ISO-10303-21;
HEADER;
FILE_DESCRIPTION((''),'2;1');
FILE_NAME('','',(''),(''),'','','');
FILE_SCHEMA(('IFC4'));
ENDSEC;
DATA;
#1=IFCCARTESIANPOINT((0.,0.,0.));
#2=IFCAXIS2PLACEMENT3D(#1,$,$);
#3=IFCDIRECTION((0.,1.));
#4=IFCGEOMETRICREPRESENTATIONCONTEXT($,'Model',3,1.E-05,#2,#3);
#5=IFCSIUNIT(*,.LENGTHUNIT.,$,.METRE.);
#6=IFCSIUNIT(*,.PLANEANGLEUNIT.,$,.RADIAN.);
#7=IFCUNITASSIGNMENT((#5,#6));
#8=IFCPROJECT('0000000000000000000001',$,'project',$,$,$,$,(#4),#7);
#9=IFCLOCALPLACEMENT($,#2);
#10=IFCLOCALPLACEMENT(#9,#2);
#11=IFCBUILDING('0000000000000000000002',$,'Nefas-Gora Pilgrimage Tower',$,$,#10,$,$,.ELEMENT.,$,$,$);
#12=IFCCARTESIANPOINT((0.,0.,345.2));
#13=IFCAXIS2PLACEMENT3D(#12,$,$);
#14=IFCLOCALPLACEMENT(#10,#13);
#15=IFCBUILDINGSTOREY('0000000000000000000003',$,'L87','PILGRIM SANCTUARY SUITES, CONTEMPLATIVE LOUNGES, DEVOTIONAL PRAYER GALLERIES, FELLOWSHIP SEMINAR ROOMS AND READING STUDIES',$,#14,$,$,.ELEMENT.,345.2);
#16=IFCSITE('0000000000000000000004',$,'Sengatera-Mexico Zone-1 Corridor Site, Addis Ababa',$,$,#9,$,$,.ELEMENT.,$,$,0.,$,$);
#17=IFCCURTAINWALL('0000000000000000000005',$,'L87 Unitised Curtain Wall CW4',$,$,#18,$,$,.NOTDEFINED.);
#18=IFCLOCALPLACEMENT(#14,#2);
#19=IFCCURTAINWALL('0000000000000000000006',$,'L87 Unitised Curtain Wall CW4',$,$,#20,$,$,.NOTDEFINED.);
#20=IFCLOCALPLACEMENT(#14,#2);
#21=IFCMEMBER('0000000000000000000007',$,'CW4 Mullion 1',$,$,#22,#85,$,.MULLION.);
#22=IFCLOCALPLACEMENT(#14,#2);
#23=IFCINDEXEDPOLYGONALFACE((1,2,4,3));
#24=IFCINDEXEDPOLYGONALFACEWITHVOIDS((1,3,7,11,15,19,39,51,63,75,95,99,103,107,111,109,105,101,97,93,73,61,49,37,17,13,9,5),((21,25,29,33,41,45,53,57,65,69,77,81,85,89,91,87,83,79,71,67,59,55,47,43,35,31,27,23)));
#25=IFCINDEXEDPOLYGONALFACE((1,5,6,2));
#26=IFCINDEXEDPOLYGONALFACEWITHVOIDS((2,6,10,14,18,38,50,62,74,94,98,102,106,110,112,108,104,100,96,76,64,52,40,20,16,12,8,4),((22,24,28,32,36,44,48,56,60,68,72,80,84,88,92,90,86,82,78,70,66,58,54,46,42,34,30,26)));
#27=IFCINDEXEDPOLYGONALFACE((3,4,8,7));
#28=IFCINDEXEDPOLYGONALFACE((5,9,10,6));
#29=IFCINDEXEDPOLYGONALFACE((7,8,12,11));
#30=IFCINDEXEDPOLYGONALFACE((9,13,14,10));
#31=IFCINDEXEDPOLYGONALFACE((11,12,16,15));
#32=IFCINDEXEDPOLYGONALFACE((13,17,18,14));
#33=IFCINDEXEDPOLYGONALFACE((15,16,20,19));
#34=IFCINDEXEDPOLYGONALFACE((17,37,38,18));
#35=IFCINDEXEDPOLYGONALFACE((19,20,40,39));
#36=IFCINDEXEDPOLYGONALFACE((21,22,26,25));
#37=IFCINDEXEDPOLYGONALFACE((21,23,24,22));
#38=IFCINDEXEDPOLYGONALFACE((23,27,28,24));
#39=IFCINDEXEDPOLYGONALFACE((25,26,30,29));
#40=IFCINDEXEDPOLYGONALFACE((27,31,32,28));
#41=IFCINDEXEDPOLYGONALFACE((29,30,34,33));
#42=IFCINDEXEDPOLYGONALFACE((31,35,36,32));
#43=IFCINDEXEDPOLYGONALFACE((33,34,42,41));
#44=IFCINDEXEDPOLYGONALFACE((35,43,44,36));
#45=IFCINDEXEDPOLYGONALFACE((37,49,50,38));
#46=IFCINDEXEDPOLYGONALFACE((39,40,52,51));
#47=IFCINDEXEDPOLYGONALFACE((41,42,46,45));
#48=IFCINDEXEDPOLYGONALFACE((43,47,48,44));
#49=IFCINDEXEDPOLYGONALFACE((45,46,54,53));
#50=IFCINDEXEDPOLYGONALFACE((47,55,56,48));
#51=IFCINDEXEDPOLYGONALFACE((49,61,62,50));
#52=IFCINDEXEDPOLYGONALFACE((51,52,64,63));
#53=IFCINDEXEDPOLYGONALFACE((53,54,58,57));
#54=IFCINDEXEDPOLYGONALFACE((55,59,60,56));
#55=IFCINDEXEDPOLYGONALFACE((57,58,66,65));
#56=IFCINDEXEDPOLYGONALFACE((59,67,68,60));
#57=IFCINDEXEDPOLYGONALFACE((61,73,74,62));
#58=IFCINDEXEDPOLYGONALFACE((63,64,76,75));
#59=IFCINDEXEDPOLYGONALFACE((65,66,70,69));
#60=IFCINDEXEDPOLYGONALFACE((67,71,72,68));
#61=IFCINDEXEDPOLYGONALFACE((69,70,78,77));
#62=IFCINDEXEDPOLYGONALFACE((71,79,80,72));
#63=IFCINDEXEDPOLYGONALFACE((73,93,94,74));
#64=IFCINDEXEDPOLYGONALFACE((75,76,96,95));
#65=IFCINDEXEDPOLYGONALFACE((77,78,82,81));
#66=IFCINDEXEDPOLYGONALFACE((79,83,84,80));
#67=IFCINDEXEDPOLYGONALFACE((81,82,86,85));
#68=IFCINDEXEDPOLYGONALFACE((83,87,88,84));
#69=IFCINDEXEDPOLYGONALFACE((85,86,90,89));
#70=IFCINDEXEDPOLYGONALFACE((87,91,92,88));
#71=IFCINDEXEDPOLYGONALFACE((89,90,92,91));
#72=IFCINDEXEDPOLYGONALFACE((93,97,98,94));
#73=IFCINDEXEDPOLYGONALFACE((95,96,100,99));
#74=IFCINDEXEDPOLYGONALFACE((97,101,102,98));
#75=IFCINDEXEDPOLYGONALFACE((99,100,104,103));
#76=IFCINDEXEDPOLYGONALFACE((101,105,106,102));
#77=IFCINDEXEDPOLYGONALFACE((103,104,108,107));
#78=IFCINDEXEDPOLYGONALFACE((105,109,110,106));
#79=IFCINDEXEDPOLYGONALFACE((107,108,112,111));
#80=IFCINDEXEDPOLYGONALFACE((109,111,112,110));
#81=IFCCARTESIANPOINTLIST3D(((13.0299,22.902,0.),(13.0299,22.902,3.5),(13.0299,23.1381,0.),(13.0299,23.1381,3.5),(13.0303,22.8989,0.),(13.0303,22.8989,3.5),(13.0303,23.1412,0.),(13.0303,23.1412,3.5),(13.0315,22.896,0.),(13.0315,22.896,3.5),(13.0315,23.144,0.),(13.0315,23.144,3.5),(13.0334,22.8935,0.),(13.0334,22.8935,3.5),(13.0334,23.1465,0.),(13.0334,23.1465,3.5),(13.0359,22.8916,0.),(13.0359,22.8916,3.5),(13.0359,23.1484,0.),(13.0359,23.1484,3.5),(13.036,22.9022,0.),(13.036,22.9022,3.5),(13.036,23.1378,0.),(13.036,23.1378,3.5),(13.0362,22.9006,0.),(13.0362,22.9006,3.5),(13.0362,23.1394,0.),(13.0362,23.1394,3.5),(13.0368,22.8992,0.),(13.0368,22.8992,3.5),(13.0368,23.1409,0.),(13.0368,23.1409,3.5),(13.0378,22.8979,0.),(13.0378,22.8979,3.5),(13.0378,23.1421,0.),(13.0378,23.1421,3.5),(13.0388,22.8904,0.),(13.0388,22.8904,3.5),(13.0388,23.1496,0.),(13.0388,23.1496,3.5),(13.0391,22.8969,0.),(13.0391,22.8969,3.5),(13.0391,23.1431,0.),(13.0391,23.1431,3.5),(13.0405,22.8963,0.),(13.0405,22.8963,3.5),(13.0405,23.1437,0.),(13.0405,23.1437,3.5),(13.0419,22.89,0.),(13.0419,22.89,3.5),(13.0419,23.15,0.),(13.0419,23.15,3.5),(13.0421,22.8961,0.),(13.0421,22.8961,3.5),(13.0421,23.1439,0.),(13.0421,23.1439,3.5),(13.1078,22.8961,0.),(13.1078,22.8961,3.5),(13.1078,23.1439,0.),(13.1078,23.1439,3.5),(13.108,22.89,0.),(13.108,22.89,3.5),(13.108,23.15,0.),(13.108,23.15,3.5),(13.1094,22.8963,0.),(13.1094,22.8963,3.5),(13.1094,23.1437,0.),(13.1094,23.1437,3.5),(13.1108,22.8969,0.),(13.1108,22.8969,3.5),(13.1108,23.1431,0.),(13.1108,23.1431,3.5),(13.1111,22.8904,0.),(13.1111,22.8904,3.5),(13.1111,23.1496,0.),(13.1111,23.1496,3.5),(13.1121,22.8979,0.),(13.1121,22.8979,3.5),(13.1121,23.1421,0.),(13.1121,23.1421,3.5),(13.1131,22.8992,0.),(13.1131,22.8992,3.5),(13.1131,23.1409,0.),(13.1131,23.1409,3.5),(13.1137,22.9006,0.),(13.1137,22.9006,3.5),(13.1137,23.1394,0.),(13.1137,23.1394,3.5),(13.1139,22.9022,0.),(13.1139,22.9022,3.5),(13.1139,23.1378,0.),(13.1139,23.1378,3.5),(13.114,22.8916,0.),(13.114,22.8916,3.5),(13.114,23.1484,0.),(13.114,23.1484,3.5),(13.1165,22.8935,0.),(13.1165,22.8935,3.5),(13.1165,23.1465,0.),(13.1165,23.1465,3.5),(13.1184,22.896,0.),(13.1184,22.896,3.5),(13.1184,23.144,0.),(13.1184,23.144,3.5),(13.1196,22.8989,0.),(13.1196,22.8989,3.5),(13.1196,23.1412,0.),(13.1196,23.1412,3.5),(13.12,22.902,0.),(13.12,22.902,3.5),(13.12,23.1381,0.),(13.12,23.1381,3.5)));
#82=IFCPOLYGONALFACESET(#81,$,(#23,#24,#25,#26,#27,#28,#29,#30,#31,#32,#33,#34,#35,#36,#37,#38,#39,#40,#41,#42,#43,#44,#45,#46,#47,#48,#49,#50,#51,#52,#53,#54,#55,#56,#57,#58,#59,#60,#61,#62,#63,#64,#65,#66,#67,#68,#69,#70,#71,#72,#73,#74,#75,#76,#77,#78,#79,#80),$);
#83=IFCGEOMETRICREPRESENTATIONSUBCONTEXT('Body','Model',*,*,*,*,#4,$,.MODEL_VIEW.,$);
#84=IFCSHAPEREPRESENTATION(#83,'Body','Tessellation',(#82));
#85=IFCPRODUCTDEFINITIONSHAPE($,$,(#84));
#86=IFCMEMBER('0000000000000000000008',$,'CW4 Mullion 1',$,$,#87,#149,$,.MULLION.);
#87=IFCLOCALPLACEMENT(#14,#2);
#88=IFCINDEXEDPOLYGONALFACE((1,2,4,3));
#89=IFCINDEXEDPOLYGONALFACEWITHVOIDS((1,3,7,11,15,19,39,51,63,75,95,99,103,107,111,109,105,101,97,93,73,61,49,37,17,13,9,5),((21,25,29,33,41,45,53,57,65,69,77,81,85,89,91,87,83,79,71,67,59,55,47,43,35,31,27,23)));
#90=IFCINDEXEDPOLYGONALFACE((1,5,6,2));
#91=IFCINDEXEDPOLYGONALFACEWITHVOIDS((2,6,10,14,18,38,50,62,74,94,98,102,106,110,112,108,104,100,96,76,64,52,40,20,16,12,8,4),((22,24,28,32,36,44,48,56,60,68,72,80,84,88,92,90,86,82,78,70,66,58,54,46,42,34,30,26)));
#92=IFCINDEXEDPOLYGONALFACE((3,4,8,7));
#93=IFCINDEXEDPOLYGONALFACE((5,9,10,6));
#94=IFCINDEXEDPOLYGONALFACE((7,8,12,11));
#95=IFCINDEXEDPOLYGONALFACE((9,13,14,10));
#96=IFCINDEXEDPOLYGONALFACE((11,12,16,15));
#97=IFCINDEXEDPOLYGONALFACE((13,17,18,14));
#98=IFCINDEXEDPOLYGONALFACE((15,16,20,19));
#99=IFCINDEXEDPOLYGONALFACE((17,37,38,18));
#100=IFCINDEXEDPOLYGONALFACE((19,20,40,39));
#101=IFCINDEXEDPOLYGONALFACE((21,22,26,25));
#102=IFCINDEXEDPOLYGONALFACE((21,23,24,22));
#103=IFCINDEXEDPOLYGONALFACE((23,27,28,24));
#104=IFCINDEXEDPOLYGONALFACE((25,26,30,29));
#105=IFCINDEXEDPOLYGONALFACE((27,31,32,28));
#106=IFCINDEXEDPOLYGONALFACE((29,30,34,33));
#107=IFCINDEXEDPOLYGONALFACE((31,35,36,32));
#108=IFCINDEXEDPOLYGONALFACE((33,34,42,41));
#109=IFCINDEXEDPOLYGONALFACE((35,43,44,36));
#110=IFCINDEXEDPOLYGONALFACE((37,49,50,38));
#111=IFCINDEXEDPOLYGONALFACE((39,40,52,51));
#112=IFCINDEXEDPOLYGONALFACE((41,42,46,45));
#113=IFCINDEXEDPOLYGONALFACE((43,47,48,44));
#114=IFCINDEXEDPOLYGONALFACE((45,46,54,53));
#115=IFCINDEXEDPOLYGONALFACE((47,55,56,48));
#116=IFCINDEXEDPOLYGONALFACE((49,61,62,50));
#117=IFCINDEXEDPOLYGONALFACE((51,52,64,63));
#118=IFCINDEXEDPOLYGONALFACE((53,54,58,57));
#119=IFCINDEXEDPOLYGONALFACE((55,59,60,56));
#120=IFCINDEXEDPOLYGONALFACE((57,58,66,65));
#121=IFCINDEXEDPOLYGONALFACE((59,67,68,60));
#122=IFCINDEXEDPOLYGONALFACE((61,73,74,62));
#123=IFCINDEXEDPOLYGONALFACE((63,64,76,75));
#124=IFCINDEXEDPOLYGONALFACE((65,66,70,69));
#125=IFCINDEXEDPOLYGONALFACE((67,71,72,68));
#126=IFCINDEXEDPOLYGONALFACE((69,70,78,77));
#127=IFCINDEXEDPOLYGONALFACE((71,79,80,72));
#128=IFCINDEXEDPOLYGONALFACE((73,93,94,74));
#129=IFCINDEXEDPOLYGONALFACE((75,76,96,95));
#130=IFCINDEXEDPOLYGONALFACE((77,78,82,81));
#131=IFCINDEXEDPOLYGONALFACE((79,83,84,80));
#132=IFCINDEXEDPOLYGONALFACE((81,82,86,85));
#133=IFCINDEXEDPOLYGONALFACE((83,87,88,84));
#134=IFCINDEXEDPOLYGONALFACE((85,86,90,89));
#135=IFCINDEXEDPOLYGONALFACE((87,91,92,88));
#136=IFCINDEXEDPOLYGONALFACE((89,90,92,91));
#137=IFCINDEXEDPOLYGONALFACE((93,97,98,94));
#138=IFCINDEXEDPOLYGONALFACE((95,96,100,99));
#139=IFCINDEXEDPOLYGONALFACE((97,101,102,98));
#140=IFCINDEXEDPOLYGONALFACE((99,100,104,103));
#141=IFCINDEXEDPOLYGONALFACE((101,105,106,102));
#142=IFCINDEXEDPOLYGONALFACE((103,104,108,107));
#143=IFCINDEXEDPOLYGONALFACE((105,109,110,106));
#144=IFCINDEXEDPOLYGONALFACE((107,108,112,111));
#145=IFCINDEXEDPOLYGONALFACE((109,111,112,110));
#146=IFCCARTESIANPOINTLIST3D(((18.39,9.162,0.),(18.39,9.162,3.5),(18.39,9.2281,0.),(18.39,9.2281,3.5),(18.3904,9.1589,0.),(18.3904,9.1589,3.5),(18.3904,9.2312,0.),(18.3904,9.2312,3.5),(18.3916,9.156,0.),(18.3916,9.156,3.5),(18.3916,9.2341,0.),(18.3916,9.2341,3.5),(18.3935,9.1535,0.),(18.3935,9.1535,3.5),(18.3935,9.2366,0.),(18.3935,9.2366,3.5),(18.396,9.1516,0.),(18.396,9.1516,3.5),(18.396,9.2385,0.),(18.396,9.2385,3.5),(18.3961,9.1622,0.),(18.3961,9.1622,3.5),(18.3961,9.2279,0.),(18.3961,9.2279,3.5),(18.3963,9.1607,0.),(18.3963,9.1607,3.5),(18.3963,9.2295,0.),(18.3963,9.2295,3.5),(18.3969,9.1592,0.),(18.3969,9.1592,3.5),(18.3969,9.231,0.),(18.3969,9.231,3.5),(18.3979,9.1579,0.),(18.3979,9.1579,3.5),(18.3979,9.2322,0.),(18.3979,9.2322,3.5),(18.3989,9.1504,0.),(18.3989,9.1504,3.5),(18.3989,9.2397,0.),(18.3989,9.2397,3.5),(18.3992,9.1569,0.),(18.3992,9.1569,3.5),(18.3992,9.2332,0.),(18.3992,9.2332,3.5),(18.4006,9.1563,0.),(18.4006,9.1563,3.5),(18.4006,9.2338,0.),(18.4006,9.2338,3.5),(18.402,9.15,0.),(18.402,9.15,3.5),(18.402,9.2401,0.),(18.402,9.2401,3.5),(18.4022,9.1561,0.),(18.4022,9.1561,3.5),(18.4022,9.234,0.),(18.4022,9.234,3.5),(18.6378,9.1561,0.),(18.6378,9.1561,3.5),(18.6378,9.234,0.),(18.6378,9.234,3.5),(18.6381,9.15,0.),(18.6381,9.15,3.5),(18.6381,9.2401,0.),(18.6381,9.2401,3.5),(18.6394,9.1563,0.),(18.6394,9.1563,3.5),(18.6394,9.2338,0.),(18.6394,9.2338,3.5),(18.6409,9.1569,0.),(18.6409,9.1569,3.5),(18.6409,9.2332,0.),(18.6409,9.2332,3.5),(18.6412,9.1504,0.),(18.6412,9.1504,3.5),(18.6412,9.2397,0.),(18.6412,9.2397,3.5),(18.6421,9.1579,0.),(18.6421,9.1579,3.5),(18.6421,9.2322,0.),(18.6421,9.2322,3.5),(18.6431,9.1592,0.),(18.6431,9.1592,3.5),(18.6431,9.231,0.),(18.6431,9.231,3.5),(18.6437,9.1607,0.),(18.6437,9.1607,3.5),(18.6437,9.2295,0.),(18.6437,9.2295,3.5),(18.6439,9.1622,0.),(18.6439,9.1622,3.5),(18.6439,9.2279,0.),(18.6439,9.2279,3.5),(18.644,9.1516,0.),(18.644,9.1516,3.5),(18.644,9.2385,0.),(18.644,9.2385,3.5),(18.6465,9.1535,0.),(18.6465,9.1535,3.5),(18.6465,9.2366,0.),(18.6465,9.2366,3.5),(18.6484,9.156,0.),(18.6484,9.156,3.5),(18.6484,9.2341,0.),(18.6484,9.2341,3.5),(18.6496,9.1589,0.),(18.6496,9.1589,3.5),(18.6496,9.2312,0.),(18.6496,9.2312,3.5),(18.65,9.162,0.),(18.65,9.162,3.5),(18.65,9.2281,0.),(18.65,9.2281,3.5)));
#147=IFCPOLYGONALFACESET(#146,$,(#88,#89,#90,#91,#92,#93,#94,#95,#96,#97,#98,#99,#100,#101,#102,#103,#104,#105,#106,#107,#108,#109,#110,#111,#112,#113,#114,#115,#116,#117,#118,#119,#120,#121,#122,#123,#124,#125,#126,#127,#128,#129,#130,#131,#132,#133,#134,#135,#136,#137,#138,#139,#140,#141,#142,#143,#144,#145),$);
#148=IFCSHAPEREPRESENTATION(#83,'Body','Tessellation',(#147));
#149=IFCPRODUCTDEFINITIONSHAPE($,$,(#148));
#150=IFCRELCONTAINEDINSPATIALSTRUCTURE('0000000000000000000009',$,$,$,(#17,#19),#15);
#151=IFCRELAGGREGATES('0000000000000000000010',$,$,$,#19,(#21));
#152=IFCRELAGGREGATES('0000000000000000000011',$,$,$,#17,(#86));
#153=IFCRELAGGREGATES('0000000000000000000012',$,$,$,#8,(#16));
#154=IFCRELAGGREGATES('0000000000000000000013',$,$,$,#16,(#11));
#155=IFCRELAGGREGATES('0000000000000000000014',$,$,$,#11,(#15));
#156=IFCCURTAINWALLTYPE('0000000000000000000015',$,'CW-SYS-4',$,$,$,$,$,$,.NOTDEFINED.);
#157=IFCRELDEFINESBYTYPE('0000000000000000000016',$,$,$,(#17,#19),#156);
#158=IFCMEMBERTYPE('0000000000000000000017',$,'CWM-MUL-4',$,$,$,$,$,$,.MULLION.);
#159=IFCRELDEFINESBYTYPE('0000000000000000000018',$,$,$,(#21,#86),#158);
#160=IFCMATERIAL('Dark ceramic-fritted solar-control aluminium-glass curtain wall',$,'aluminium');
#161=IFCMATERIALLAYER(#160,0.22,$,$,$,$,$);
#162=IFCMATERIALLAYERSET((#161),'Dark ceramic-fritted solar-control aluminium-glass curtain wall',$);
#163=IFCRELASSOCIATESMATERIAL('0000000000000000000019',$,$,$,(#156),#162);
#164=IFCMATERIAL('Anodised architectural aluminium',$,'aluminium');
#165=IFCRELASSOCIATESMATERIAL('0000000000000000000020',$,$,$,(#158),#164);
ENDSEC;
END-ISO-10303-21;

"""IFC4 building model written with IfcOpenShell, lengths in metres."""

from ifc_helpers import new_model, si_unit, direction, frame, origin, origin_2d, place, context, subcontext, project, spatial, hollow_rectangle, extrude, source, transform, mapped, material, layer, layer_set, material_profile, profile_set, type_object, element, aggregate, save


model = new_model("IFC4")

# Units and contexts
model_context = context("Model", 3, precision=1e-05, world=origin(), true_north=direction((0.0, 1.0)))
body_context = subcontext(model_context, "Body", "Model", "MODEL_VIEW")
ifc_project = project(units=[si_unit("LENGTHUNIT", "METRE"), si_unit("PLANEANGLEUNIT", "RADIAN")], contexts=[model_context])

# Site, building, storey
site_placement = place(None, origin())
site = spatial("IfcSite", under=ifc_project, at=site_placement, Name="Sengatera-Mexico Zone-1 Corridor Site, Addis Ababa", CompositionType="ELEMENT", RefElevation=0.0)
building_placement = place(site_placement, origin())
building = spatial("IfcBuilding", under=site, at=building_placement, Name="Nefas-Gora Pilgrimage Tower", CompositionType="ELEMENT")
storey_placement = place(building_placement, frame((0.0, 0.0, 345.2)))
storey = spatial("IfcBuildingStorey", under=building, at=storey_placement, Name="L87", Description="PILGRIM SANCTUARY SUITES, CONTEMPLATIVE LOUNGES, DEVOTIONAL PRAYER GALLERIES, FELLOWSHIP SEMINAR ROOMS AND READING STUDIES", CompositionType="ELEMENT", Elevation=345.2)

# Curtain wall
ifc_material_1 = material(Name="Dark ceramic-fritted solar-control aluminium-glass curtain wall", Category="aluminium")
ifc_layer_1 = layer(ifc_material_1, 0.22)
ifc_layer_set_1 = layer_set([ifc_layer_1], Name="Dark ceramic-fritted solar-control aluminium-glass curtain wall")
curtain_wall_type = type_object("IfcCurtainWallType", Name="CW-SYS-4", PredefinedType="NOTDEFINED", material=ifc_layer_set_1)
curtain_wall_1_placement = place(storey_placement, origin())
curtain_wall_1 = element("IfcCurtainWall", 1, at=curtain_wall_1_placement, inside=storey, type_object=curtain_wall_type, Name="L87 Unitised Curtain Wall CW4", PredefinedType="NOTDEFINED")
ifc_material_2 = material(Name="Anodised architectural aluminium", Category="aluminium")

# Curtain wall, member
curtain_wall_2_placement = place(storey_placement, origin())
curtain_wall_2 = element("IfcCurtainWall", 2, at=curtain_wall_2_placement, inside=storey, type_object=curtain_wall_type, Name="L87 Unitised Curtain Wall CW4", PredefinedType="NOTDEFINED")
ifc_material_profile_1 = material_profile(ifc_material_2, hollow_rectangle(XDim=0.0901, YDim=0.26, WallThickness=0.0061, InnerFilletRadius=0.0061, OuterFilletRadius=0.012, at=origin_2d()), Name="ALU MULLION 90x260")
ifc_profile_set_1 = profile_set([ifc_material_profile_1], Name="Anodised architectural aluminium")
member_type_1 = type_object("IfcMemberType", Name="CWM-MUL-4", PredefinedType="MULLION", material=ifc_profile_set_1)
shared_shape_1 = source(origin(), body_context, "Body", "SweptSolid", [
    extrude(hollow_rectangle(XDim=0.0901, YDim=0.26, WallThickness=0.0061, InnerFilletRadius=0.0061, OuterFilletRadius=0.012, at=origin_2d()), origin(), (0.0, 0.0, 1.0), 3.5),
])
member_1_placement = place(storey_placement, frame((13.075, 23.02, 0.0), z_axis=(0.0, 0.0, 1.0), x_axis=(-1.0, 0.0, 0.0)))
member_1 = element("IfcMember", 3, at=member_1_placement, type_object=member_type_1, Name="CW4 Mullion 1", PredefinedType="MULLION", context=body_context, shape_type="MappedRepresentation", body=[
    mapped(shared_shape_1, transform((0.0, 0.0, 0.0), x_axis=(1.0, 0.0, 0.0), y_axis=(0.0, 1.0, 0.0), z_axis=(0.0, 0.0, 1.0), scale=1.0)),
])
aggregate(curtain_wall_2, [member_1])

# Member
member_2_placement = place(storey_placement, frame((18.52, 9.1951, 0.0), z_axis=(0.0, 0.0, 1.0), x_axis=(0.0, 1.0, 0.0)))
member_2 = element("IfcMember", 4, at=member_2_placement, type_object=member_type_1, Name="CW4 Mullion 1", PredefinedType="MULLION", context=body_context, shape_type="MappedRepresentation", body=[
    mapped(shared_shape_1, transform((0.0, 0.0, 0.0), x_axis=(1.0, 0.0, 0.0), y_axis=(0.0, 1.0, 0.0), z_axis=(0.0, 0.0, 1.0), scale=1.0)),
])

aggregate(curtain_wall_1, [member_2])

save(model, "model.ifc")
